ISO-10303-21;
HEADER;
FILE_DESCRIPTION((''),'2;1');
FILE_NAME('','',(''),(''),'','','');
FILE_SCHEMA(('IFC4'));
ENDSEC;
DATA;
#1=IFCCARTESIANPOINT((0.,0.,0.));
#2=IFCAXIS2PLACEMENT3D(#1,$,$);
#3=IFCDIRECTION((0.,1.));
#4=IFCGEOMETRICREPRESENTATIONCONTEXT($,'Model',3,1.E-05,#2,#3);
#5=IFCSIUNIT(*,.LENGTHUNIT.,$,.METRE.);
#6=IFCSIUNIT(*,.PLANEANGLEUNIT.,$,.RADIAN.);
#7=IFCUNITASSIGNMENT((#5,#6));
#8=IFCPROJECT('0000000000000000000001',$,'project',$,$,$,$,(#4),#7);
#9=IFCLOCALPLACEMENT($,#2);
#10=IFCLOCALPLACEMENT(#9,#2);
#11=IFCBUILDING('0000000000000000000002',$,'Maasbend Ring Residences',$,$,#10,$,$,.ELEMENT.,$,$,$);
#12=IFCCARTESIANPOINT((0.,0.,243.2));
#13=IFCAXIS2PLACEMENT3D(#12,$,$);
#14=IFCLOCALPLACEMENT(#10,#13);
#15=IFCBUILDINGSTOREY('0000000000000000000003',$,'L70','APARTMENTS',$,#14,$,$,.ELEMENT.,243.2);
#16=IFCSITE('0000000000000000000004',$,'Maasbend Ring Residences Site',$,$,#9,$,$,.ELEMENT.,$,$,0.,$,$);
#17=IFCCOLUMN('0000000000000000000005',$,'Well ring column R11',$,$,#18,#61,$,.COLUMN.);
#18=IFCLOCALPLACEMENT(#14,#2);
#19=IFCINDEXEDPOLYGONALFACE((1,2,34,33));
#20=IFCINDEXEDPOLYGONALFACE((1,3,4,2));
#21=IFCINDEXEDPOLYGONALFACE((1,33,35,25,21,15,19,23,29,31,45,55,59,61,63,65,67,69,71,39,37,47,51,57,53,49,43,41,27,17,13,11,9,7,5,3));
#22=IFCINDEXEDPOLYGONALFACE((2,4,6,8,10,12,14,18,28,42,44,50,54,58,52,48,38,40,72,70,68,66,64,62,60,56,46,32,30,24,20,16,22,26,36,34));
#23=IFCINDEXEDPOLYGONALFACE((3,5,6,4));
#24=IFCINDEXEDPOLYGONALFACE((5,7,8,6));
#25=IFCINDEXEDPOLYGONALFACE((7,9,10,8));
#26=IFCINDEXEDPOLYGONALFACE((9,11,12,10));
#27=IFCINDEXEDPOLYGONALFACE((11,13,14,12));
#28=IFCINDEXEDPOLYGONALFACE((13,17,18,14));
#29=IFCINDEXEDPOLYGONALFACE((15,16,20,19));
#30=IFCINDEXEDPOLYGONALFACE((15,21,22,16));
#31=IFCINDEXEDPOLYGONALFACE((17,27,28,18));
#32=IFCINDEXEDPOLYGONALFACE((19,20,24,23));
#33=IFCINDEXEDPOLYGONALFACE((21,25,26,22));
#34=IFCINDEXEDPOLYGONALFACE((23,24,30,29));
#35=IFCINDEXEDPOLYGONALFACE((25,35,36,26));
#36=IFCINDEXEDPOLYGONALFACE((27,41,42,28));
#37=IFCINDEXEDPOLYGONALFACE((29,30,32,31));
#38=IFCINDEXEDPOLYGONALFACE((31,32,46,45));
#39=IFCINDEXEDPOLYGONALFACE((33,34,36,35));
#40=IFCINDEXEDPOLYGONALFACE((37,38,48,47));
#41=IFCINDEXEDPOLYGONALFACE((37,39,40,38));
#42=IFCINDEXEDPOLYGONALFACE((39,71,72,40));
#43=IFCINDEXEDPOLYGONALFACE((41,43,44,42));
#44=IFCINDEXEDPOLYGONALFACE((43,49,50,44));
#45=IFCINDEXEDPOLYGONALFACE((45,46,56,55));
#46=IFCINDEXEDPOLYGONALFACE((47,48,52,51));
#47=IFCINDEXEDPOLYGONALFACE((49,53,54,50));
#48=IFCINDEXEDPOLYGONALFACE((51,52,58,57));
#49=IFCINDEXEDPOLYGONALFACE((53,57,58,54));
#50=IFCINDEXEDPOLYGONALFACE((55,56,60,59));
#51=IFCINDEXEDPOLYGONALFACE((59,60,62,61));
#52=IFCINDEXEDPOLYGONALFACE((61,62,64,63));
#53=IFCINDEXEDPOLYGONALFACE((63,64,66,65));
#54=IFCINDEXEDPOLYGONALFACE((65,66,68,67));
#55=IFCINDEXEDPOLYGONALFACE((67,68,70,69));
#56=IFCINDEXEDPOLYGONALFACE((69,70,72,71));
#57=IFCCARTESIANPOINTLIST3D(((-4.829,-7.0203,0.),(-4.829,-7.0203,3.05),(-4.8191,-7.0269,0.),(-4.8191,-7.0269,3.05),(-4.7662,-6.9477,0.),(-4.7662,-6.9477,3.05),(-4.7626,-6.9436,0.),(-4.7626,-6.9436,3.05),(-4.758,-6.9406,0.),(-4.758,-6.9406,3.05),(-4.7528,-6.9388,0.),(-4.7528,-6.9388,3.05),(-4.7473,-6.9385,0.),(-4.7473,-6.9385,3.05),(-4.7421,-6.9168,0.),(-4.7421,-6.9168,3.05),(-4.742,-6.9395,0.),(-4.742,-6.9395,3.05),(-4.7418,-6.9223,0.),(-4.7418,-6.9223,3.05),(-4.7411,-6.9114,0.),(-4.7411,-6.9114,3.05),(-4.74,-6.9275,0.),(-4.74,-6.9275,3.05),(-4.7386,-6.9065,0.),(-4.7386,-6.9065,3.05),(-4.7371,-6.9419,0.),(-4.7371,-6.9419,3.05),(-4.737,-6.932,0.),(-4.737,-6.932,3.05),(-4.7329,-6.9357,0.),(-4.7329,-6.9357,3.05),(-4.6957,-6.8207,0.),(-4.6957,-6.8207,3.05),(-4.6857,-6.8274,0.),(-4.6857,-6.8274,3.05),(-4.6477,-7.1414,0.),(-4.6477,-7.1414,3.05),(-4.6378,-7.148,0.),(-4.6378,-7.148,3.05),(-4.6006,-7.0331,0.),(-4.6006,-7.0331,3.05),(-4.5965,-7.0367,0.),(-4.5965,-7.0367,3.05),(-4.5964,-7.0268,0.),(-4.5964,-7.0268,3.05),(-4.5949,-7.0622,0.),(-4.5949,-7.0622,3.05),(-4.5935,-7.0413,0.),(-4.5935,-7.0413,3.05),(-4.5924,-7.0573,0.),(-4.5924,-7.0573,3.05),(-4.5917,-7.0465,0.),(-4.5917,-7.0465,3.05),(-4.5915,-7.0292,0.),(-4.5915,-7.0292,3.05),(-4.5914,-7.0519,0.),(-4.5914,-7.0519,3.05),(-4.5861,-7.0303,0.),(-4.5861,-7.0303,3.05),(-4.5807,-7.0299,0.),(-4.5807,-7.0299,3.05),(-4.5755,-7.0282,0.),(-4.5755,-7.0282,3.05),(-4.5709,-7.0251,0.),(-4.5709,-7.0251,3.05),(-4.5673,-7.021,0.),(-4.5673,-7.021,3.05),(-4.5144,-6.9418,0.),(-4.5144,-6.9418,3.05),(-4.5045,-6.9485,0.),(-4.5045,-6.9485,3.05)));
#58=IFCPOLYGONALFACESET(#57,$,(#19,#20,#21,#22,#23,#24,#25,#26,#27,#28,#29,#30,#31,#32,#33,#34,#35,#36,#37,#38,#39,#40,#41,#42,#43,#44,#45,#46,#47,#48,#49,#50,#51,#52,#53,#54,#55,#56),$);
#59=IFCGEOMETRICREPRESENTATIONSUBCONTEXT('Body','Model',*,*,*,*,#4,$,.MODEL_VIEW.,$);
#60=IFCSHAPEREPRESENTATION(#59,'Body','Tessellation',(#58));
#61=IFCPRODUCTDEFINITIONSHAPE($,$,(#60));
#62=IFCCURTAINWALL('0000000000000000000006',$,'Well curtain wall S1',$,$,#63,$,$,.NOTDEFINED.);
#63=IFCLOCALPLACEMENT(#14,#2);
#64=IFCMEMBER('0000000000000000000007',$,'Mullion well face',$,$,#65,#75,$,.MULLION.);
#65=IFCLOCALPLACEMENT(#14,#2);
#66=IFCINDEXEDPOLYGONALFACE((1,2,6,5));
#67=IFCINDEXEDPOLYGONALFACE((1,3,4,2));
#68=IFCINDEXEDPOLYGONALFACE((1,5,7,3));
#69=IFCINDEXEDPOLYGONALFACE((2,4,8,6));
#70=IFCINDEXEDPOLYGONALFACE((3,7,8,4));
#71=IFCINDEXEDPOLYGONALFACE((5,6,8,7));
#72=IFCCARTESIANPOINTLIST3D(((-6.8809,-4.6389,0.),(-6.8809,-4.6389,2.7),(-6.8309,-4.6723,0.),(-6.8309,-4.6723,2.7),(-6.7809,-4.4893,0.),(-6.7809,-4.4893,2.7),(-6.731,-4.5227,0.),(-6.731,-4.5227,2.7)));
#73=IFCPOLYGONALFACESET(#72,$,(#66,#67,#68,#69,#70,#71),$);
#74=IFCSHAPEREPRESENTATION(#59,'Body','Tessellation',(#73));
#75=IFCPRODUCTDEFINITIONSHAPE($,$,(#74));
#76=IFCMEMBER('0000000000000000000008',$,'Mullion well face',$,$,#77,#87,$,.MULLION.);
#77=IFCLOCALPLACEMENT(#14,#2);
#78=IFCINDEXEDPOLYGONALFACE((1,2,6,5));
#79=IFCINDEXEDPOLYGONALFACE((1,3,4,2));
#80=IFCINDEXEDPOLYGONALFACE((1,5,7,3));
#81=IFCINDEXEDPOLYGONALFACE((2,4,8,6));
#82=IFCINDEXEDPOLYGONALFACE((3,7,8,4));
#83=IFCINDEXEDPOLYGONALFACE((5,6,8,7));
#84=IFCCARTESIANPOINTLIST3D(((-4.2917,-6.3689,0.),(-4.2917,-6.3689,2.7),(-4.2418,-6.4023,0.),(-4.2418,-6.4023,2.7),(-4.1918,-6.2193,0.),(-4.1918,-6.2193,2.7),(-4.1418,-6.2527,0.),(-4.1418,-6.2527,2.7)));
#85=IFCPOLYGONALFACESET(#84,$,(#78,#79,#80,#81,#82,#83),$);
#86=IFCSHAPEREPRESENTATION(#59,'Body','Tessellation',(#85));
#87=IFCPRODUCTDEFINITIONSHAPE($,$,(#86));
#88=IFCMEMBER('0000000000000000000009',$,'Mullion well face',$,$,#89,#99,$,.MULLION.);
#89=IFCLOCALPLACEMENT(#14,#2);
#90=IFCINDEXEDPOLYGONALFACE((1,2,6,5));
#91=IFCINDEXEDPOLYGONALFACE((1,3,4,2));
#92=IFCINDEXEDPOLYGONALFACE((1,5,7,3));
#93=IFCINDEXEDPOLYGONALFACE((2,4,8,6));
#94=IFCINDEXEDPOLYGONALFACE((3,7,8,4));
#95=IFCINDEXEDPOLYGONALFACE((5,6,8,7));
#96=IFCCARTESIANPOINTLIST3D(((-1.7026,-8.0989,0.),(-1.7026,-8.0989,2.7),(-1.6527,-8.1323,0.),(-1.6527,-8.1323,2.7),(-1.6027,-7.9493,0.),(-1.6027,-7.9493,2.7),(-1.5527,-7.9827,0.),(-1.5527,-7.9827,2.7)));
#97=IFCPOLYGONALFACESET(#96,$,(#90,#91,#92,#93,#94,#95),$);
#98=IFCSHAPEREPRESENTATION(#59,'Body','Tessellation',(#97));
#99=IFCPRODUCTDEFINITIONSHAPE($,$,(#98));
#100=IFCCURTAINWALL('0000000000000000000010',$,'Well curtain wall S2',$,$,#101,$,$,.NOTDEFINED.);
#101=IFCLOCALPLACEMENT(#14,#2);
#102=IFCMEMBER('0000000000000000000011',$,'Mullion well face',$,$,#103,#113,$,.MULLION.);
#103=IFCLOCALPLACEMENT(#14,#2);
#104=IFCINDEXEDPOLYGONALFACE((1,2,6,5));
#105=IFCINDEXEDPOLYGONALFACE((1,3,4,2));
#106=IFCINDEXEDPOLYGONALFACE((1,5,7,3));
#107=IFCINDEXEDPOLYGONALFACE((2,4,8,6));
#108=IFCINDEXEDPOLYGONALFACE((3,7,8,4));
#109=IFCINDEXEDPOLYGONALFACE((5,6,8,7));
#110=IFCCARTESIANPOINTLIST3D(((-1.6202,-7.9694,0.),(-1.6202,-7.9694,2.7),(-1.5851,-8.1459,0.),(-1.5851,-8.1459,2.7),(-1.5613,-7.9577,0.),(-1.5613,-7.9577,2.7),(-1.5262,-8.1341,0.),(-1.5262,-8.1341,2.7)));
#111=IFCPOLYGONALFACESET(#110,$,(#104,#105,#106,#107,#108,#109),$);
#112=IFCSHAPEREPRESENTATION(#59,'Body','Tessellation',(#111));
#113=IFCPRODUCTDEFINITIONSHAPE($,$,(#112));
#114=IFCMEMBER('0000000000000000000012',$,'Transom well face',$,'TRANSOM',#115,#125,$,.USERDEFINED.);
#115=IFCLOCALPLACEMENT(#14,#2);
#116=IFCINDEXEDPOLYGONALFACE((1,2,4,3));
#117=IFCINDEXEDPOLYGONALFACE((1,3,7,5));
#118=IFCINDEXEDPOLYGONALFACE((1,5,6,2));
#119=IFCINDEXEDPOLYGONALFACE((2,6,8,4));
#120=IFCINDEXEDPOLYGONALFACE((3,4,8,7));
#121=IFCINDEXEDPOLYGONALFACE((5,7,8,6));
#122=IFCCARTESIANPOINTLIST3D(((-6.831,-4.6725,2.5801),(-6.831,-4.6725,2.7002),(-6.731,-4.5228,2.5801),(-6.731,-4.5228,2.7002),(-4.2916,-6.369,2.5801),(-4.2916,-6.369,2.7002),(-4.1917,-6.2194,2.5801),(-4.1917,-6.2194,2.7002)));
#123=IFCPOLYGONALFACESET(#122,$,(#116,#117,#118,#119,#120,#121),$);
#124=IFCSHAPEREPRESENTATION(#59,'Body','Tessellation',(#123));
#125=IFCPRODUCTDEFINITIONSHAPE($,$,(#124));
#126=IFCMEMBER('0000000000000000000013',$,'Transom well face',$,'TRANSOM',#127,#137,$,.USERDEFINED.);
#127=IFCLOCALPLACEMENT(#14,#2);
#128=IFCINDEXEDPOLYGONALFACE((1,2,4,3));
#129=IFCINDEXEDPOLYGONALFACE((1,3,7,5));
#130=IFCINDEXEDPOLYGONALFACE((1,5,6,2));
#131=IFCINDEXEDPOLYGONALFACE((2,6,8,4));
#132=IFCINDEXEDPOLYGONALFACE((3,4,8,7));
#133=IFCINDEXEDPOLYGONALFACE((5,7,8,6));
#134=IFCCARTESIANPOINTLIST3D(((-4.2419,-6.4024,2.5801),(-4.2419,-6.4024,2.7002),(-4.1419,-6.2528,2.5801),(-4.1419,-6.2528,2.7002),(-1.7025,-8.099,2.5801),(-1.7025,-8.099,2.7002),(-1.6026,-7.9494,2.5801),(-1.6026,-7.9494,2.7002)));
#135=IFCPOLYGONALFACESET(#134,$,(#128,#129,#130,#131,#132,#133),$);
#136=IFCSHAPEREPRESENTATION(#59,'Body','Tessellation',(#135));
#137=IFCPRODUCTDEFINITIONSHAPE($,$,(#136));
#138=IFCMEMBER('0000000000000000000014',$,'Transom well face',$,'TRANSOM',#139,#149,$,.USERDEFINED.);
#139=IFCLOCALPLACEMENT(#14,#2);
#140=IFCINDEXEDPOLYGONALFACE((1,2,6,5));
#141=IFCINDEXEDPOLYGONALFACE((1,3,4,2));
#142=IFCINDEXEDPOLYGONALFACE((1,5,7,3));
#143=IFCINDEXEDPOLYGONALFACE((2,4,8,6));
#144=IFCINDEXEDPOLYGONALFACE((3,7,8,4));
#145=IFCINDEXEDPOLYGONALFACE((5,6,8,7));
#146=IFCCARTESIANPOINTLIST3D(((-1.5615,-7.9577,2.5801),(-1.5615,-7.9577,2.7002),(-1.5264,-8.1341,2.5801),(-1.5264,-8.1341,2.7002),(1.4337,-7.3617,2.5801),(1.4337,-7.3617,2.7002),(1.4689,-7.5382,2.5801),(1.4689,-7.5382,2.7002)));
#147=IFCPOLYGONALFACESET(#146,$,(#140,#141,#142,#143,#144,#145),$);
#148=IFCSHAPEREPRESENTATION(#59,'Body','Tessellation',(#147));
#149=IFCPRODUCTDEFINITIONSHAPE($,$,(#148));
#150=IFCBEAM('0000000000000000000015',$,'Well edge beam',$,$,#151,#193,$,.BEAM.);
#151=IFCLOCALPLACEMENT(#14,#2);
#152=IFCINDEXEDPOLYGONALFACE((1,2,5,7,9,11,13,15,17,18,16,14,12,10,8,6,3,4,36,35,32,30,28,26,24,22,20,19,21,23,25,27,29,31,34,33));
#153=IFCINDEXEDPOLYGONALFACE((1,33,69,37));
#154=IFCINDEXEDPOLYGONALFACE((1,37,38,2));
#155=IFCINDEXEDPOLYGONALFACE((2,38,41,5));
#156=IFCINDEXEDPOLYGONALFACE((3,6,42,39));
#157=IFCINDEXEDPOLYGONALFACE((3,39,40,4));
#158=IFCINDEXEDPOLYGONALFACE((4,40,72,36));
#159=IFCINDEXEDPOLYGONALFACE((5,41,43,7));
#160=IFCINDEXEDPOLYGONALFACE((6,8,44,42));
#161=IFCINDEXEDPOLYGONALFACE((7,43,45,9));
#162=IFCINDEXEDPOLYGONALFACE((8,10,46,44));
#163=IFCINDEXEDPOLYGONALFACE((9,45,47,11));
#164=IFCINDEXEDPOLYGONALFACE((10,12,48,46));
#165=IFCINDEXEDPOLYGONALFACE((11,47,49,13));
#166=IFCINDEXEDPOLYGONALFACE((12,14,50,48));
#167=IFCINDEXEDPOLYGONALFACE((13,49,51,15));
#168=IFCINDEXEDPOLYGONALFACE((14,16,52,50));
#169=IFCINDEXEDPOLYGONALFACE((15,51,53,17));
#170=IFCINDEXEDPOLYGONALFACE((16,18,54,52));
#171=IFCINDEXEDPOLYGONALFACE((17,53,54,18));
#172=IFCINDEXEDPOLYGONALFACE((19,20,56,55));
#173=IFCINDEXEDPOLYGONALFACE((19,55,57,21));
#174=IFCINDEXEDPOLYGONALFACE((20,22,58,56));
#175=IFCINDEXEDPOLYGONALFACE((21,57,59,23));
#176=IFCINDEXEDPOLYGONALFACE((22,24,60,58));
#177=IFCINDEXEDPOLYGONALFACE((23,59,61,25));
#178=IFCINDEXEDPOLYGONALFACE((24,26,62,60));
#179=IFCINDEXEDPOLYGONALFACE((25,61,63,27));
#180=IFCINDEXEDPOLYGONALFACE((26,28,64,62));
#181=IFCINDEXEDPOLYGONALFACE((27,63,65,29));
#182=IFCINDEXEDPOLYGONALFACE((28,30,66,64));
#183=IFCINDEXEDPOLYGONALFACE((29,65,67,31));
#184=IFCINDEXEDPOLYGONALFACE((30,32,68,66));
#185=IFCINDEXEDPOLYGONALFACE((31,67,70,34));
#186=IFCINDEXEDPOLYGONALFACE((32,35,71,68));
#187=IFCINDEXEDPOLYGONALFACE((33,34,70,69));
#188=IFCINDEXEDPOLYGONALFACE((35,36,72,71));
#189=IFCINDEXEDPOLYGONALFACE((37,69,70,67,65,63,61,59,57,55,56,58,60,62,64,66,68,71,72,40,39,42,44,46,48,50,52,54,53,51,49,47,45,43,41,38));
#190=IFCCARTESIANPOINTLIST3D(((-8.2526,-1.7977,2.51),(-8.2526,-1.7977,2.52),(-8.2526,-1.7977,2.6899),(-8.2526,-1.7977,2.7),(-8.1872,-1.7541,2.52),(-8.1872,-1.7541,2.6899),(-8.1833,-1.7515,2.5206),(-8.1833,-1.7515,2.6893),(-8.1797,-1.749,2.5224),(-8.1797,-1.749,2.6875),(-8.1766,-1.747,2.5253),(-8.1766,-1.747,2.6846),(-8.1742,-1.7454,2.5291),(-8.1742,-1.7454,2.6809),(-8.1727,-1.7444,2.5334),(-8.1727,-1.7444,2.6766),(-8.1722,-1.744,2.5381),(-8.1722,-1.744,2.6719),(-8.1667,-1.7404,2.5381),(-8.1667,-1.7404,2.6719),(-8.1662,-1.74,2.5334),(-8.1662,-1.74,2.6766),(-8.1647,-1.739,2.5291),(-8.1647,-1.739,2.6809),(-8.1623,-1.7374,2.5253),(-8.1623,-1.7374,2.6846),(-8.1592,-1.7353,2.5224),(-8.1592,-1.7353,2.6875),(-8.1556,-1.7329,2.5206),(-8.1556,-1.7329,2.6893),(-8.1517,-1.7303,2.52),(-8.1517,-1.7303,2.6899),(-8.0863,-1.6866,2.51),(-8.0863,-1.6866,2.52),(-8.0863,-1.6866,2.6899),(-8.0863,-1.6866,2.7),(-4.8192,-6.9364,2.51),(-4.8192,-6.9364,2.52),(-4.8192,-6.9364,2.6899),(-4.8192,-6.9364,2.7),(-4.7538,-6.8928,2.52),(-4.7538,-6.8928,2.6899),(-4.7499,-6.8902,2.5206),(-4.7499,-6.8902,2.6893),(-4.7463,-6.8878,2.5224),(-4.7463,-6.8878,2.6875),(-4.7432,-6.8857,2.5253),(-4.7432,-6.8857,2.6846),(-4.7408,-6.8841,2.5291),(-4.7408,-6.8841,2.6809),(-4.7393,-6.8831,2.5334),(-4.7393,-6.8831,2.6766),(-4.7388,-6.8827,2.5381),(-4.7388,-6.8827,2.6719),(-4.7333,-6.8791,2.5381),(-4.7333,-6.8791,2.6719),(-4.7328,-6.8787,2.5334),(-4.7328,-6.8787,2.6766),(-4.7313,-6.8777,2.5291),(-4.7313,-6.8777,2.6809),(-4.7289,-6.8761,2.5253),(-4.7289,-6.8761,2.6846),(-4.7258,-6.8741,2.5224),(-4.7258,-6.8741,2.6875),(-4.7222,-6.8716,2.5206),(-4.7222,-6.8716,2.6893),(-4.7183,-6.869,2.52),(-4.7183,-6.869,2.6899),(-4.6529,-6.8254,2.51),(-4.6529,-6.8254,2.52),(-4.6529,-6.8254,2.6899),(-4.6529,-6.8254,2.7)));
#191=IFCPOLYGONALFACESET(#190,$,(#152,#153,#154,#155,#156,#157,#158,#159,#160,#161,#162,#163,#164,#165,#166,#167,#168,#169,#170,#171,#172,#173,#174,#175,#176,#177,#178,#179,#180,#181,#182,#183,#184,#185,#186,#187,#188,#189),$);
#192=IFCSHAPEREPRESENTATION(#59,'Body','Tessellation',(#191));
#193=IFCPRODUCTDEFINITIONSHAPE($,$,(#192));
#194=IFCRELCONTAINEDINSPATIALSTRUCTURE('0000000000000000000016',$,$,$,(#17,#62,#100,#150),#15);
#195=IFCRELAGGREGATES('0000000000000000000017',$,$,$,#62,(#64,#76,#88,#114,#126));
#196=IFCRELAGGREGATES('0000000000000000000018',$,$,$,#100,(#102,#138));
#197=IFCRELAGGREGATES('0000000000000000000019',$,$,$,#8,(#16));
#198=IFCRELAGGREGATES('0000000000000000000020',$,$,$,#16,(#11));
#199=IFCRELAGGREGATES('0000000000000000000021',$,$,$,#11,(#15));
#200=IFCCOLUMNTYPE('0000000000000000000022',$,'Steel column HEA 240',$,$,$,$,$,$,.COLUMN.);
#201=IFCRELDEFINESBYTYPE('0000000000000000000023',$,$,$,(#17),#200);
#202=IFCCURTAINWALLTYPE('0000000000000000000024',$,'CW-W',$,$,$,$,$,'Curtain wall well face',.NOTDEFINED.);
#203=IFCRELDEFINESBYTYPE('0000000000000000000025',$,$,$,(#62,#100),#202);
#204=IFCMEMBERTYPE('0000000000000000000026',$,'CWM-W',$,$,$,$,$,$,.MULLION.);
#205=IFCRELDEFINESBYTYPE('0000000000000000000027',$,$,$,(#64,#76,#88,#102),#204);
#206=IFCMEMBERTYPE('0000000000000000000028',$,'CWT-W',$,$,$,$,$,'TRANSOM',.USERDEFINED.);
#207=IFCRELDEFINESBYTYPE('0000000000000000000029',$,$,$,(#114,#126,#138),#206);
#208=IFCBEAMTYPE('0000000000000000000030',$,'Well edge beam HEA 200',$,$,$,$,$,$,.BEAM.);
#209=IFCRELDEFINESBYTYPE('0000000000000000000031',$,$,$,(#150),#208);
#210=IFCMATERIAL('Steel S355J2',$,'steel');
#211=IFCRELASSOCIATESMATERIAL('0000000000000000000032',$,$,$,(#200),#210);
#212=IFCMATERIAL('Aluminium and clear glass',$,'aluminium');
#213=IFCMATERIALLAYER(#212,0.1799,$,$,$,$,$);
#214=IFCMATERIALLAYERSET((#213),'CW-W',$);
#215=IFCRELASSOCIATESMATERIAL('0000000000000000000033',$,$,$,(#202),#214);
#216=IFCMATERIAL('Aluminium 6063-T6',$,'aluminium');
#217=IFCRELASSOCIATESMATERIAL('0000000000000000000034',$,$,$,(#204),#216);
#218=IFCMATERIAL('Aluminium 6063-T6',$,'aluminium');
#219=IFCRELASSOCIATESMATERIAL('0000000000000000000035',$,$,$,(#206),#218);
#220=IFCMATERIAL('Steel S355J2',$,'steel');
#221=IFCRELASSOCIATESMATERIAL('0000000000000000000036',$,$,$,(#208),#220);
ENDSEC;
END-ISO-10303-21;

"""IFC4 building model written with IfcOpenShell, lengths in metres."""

from ifc_helpers import new_model, si_unit, direction, frame, origin, origin_2d, place, context, subcontext, project, spatial, rectangle, i_section, extrude, material, layer, layer_set, material_profile, profile_set, type_object, element, aggregate, save


model = new_model("IFC4")

# Units and contexts
model_context = context("Model", 3, precision=1e-05, world=origin(), true_north=direction((0.0, 1.0)))
body_context = subcontext(model_context, "Body", "Model", "MODEL_VIEW")
ifc_project = project(units=[si_unit("LENGTHUNIT", "METRE"), si_unit("PLANEANGLEUNIT", "RADIAN")], contexts=[model_context])

# Site, building, storey
site_placement = place(None, origin())
site = spatial("IfcSite", under=ifc_project, at=site_placement, Name="Maasbend Ring Residences Site", CompositionType="ELEMENT", RefElevation=0.0)
building_placement = place(site_placement, origin())
building = spatial("IfcBuilding", under=site, at=building_placement, Name="Maasbend Ring Residences", CompositionType="ELEMENT")
storey_placement = place(building_placement, frame((0.0, 0.0, 243.2)))
storey = spatial("IfcBuildingStorey", under=building, at=storey_placement, Name="L70", Description="APARTMENTS", CompositionType="ELEMENT", Elevation=243.2)

# Column
ifc_material_1 = material(Name="Steel S355J2", Category="steel")
ifc_material_profile_1 = material_profile(ifc_material_1, i_section(OverallWidth=0.24, OverallDepth=0.23, WebThickness=0.0076, FlangeThickness=0.012, FilletRadius=0.021, at=origin_2d()), Name="HEA 240")
ifc_profile_set_1 = profile_set([ifc_material_profile_1], Name="Steel S355J2")
column_type = type_object("IfcColumnType", Name="Steel column HEA 240", PredefinedType="COLUMN", material=ifc_profile_set_1)
column_placement = place(storey_placement, frame((-4.6667, -6.9844, 0.0), z_axis=(0.0, 0.0, 1.0), x_axis=(-0.55557, -0.83147, 0.0)))
element("IfcColumn", 1, at=column_placement, inside=storey, type_object=column_type, Name="Well ring column R11", PredefinedType="COLUMN", context=body_context, shape_type="SweptSolid", body=[
    extrude(i_section(OverallWidth=0.24, OverallDepth=0.23, WebThickness=0.0076, FlangeThickness=0.012, FilletRadius=0.021, at=origin_2d()), origin(), (0.0, 0.0, 1.0), 3.05),
])

# Curtain wall, members
ifc_material_2 = material(Name="Aluminium and clear glass", Category="aluminium")
ifc_layer_1 = layer(ifc_material_2, 0.1799)
ifc_layer_set_1 = layer_set([ifc_layer_1], Name="CW-W")
curtain_wall_type = type_object("IfcCurtainWallType", Name="CW-W", ElementType="Curtain wall well face", PredefinedType="NOTDEFINED", material=ifc_layer_set_1)
curtain_wall_1_placement = place(storey_placement, origin())
curtain_wall_1 = element("IfcCurtainWall", 2, at=curtain_wall_1_placement, inside=storey, type_object=curtain_wall_type, Name="Well curtain wall S1", PredefinedType="NOTDEFINED")
ifc_material_3 = material(Name="Aluminium 6063-T6", Category="aluminium")
ifc_material_profile_2 = material_profile(ifc_material_3, rectangle(XDim=0.1799, YDim=0.0601, at=origin_2d()), Name="AL 180x60")
ifc_profile_set_2 = profile_set([ifc_material_profile_2], Name="Aluminium 6063-T6")
member_type_1 = type_object("IfcMemberType", Name="CWM-W", PredefinedType="MULLION", material=ifc_profile_set_2)
member_1_placement = place(storey_placement, frame((-6.8059, -4.5808, 0.0), z_axis=(0.0, 0.0, 1.0), x_axis=(0.55557, 0.83147, 0.0)))
member_1 = element("IfcMember", 3, at=member_1_placement, type_object=member_type_1, Name="Mullion well face", PredefinedType="MULLION", context=body_context, shape_type="SweptSolid", body=[
    extrude(rectangle(XDim=0.1799, YDim=0.0601, at=origin_2d()), origin(), (0.0, 0.0, 1.0), 2.7),
])
member_2_placement = place(storey_placement, frame((-4.2168, -6.3108, 0.0), z_axis=(0.0, 0.0, 1.0), x_axis=(0.55557, 0.83147, 0.0)))
member_2 = element("IfcMember", 4, at=member_2_placement, type_object=member_type_1, Name="Mullion well face", PredefinedType="MULLION", context=body_context, shape_type="SweptSolid", body=[
    extrude(rectangle(XDim=0.1799, YDim=0.0601, at=origin_2d()), origin(), (0.0, 0.0, 1.0), 2.7),
])
member_3_placement = place(storey_placement, frame((-1.6277, -8.0408, 0.0), z_axis=(0.0, 0.0, 1.0), x_axis=(0.55557, 0.83147, 0.0)))
member_3 = element("IfcMember", 5, at=member_3_placement, type_object=member_type_1, Name="Mullion well face", PredefinedType="MULLION", context=body_context, shape_type="SweptSolid", body=[
    extrude(rectangle(XDim=0.1799, YDim=0.0601, at=origin_2d()), origin(), (0.0, 0.0, 1.0), 2.7),
])

# Curtain wall, member
curtain_wall_2_placement = place(storey_placement, origin())
curtain_wall_2 = element("IfcCurtainWall", 6, at=curtain_wall_2_placement, inside=storey, type_object=curtain_wall_type, Name="Well curtain wall S2", PredefinedType="NOTDEFINED")
member_4_placement = place(storey_placement, frame((-1.5732, -8.0518, 0.0), z_axis=(0.0, 0.0, 1.0), x_axis=(-0.19509, 0.980785, 0.0)))
member_4 = element("IfcMember", 7, at=member_4_placement, type_object=member_type_1, Name="Mullion well face", PredefinedType="MULLION", context=body_context, shape_type="SweptSolid", body=[
    extrude(rectangle(XDim=0.1799, YDim=0.0601, at=origin_2d()), origin(), (0.0, 0.0, 1.0), 2.7),
])

# Members
ifc_material_4 = material(Name="Aluminium 6063-T6", Category="aluminium")
ifc_material_profile_3 = material_profile(ifc_material_4, rectangle(XDim=0.1799, YDim=0.1201, at=origin_2d()), Name="AL 180x120")
ifc_profile_set_3 = profile_set([ifc_material_profile_3], Name="Aluminium 6063-T6")
member_type_2 = type_object("IfcMemberType", Name="CWT-W", ElementType="TRANSOM", PredefinedType="USERDEFINED", material=ifc_profile_set_3)
member_5_placement = place(storey_placement, frame((-6.781, -4.5977, 2.6401), z_axis=(0.831496, -0.55553, 0.0), x_axis=(0.55553, 0.831496, 0.0)))
member_5 = element("IfcMember", 8, at=member_5_placement, type_object=member_type_2, Name="Transom well face", ObjectType="TRANSOM", PredefinedType="USERDEFINED", context=body_context, shape_type="SweptSolid", body=[
    extrude(rectangle(XDim=0.1799, YDim=0.1201, at=origin_2d()), origin(), (0.0, 0.0, 1.0), 3.054),
])
member_6_placement = place(storey_placement, frame((-4.1919, -6.3276, 2.6401), z_axis=(0.831496, -0.55553, 0.0), x_axis=(0.55553, 0.831496, 0.0)))
member_6 = element("IfcMember", 9, at=member_6_placement, type_object=member_type_2, Name="Transom well face", ObjectType="TRANSOM", PredefinedType="USERDEFINED", context=body_context, shape_type="SweptSolid", body=[
    extrude(rectangle(XDim=0.1799, YDim=0.1201, at=origin_2d()), origin(), (0.0, 0.0, 1.0), 3.054),
])
member_7_placement = place(storey_placement, frame((-1.5439, -8.0459, 2.6401), z_axis=(0.980777, 0.195132, 0.0), x_axis=(-0.195132, 0.980777, 0.0)))
member_7 = element("IfcMember", 10, at=member_7_placement, type_object=member_type_2, Name="Transom well face", ObjectType="TRANSOM", PredefinedType="USERDEFINED", context=body_context, shape_type="SweptSolid", body=[
    extrude(rectangle(XDim=0.1799, YDim=0.1201, at=origin_2d()), origin(), (0.0, 0.0, 1.0), 3.054),
])

# Beam
ifc_material_5 = material(Name="Steel S355J2", Category="steel")
ifc_material_profile_4 = material_profile(ifc_material_5, i_section(OverallWidth=0.2, OverallDepth=0.1899, WebThickness=0.0066, FlangeThickness=0.01, FilletRadius=0.0181, at=origin_2d()), Name="HEA 200")
ifc_profile_set_4 = profile_set([ifc_material_profile_4], Name="Steel S355J2")
beam_type = type_object("IfcBeamType", Name="Well edge beam HEA 200", PredefinedType="BEAM", material=ifc_profile_set_4)
for number, where, z_axis, x_axis, name in (
    (11, (-8.1694, -1.7422, 2.605), (0.555548, -0.831485, 0.0), (0.831485, 0.555548, 0.0), "Well edge beam"),
):
    element("IfcBeam", number, at=place(storey_placement, frame(where, z_axis=z_axis, x_axis=x_axis)), inside=storey, type_object=beam_type, Name=name, PredefinedType="BEAM", context=body_context, shape_type="SweptSolid", body=[
        extrude(i_section(OverallWidth=0.2, OverallDepth=0.1899, WebThickness=0.0066, FlangeThickness=0.01, FilletRadius=0.0181, at=origin_2d()), origin(), (0.0, 0.0, 1.0), 6.1802),
    ])

aggregate(curtain_wall_1, [member_1, member_2, member_3, member_5, member_6])
aggregate(curtain_wall_2, [member_4, member_7])

save(model, "model.ifc")
